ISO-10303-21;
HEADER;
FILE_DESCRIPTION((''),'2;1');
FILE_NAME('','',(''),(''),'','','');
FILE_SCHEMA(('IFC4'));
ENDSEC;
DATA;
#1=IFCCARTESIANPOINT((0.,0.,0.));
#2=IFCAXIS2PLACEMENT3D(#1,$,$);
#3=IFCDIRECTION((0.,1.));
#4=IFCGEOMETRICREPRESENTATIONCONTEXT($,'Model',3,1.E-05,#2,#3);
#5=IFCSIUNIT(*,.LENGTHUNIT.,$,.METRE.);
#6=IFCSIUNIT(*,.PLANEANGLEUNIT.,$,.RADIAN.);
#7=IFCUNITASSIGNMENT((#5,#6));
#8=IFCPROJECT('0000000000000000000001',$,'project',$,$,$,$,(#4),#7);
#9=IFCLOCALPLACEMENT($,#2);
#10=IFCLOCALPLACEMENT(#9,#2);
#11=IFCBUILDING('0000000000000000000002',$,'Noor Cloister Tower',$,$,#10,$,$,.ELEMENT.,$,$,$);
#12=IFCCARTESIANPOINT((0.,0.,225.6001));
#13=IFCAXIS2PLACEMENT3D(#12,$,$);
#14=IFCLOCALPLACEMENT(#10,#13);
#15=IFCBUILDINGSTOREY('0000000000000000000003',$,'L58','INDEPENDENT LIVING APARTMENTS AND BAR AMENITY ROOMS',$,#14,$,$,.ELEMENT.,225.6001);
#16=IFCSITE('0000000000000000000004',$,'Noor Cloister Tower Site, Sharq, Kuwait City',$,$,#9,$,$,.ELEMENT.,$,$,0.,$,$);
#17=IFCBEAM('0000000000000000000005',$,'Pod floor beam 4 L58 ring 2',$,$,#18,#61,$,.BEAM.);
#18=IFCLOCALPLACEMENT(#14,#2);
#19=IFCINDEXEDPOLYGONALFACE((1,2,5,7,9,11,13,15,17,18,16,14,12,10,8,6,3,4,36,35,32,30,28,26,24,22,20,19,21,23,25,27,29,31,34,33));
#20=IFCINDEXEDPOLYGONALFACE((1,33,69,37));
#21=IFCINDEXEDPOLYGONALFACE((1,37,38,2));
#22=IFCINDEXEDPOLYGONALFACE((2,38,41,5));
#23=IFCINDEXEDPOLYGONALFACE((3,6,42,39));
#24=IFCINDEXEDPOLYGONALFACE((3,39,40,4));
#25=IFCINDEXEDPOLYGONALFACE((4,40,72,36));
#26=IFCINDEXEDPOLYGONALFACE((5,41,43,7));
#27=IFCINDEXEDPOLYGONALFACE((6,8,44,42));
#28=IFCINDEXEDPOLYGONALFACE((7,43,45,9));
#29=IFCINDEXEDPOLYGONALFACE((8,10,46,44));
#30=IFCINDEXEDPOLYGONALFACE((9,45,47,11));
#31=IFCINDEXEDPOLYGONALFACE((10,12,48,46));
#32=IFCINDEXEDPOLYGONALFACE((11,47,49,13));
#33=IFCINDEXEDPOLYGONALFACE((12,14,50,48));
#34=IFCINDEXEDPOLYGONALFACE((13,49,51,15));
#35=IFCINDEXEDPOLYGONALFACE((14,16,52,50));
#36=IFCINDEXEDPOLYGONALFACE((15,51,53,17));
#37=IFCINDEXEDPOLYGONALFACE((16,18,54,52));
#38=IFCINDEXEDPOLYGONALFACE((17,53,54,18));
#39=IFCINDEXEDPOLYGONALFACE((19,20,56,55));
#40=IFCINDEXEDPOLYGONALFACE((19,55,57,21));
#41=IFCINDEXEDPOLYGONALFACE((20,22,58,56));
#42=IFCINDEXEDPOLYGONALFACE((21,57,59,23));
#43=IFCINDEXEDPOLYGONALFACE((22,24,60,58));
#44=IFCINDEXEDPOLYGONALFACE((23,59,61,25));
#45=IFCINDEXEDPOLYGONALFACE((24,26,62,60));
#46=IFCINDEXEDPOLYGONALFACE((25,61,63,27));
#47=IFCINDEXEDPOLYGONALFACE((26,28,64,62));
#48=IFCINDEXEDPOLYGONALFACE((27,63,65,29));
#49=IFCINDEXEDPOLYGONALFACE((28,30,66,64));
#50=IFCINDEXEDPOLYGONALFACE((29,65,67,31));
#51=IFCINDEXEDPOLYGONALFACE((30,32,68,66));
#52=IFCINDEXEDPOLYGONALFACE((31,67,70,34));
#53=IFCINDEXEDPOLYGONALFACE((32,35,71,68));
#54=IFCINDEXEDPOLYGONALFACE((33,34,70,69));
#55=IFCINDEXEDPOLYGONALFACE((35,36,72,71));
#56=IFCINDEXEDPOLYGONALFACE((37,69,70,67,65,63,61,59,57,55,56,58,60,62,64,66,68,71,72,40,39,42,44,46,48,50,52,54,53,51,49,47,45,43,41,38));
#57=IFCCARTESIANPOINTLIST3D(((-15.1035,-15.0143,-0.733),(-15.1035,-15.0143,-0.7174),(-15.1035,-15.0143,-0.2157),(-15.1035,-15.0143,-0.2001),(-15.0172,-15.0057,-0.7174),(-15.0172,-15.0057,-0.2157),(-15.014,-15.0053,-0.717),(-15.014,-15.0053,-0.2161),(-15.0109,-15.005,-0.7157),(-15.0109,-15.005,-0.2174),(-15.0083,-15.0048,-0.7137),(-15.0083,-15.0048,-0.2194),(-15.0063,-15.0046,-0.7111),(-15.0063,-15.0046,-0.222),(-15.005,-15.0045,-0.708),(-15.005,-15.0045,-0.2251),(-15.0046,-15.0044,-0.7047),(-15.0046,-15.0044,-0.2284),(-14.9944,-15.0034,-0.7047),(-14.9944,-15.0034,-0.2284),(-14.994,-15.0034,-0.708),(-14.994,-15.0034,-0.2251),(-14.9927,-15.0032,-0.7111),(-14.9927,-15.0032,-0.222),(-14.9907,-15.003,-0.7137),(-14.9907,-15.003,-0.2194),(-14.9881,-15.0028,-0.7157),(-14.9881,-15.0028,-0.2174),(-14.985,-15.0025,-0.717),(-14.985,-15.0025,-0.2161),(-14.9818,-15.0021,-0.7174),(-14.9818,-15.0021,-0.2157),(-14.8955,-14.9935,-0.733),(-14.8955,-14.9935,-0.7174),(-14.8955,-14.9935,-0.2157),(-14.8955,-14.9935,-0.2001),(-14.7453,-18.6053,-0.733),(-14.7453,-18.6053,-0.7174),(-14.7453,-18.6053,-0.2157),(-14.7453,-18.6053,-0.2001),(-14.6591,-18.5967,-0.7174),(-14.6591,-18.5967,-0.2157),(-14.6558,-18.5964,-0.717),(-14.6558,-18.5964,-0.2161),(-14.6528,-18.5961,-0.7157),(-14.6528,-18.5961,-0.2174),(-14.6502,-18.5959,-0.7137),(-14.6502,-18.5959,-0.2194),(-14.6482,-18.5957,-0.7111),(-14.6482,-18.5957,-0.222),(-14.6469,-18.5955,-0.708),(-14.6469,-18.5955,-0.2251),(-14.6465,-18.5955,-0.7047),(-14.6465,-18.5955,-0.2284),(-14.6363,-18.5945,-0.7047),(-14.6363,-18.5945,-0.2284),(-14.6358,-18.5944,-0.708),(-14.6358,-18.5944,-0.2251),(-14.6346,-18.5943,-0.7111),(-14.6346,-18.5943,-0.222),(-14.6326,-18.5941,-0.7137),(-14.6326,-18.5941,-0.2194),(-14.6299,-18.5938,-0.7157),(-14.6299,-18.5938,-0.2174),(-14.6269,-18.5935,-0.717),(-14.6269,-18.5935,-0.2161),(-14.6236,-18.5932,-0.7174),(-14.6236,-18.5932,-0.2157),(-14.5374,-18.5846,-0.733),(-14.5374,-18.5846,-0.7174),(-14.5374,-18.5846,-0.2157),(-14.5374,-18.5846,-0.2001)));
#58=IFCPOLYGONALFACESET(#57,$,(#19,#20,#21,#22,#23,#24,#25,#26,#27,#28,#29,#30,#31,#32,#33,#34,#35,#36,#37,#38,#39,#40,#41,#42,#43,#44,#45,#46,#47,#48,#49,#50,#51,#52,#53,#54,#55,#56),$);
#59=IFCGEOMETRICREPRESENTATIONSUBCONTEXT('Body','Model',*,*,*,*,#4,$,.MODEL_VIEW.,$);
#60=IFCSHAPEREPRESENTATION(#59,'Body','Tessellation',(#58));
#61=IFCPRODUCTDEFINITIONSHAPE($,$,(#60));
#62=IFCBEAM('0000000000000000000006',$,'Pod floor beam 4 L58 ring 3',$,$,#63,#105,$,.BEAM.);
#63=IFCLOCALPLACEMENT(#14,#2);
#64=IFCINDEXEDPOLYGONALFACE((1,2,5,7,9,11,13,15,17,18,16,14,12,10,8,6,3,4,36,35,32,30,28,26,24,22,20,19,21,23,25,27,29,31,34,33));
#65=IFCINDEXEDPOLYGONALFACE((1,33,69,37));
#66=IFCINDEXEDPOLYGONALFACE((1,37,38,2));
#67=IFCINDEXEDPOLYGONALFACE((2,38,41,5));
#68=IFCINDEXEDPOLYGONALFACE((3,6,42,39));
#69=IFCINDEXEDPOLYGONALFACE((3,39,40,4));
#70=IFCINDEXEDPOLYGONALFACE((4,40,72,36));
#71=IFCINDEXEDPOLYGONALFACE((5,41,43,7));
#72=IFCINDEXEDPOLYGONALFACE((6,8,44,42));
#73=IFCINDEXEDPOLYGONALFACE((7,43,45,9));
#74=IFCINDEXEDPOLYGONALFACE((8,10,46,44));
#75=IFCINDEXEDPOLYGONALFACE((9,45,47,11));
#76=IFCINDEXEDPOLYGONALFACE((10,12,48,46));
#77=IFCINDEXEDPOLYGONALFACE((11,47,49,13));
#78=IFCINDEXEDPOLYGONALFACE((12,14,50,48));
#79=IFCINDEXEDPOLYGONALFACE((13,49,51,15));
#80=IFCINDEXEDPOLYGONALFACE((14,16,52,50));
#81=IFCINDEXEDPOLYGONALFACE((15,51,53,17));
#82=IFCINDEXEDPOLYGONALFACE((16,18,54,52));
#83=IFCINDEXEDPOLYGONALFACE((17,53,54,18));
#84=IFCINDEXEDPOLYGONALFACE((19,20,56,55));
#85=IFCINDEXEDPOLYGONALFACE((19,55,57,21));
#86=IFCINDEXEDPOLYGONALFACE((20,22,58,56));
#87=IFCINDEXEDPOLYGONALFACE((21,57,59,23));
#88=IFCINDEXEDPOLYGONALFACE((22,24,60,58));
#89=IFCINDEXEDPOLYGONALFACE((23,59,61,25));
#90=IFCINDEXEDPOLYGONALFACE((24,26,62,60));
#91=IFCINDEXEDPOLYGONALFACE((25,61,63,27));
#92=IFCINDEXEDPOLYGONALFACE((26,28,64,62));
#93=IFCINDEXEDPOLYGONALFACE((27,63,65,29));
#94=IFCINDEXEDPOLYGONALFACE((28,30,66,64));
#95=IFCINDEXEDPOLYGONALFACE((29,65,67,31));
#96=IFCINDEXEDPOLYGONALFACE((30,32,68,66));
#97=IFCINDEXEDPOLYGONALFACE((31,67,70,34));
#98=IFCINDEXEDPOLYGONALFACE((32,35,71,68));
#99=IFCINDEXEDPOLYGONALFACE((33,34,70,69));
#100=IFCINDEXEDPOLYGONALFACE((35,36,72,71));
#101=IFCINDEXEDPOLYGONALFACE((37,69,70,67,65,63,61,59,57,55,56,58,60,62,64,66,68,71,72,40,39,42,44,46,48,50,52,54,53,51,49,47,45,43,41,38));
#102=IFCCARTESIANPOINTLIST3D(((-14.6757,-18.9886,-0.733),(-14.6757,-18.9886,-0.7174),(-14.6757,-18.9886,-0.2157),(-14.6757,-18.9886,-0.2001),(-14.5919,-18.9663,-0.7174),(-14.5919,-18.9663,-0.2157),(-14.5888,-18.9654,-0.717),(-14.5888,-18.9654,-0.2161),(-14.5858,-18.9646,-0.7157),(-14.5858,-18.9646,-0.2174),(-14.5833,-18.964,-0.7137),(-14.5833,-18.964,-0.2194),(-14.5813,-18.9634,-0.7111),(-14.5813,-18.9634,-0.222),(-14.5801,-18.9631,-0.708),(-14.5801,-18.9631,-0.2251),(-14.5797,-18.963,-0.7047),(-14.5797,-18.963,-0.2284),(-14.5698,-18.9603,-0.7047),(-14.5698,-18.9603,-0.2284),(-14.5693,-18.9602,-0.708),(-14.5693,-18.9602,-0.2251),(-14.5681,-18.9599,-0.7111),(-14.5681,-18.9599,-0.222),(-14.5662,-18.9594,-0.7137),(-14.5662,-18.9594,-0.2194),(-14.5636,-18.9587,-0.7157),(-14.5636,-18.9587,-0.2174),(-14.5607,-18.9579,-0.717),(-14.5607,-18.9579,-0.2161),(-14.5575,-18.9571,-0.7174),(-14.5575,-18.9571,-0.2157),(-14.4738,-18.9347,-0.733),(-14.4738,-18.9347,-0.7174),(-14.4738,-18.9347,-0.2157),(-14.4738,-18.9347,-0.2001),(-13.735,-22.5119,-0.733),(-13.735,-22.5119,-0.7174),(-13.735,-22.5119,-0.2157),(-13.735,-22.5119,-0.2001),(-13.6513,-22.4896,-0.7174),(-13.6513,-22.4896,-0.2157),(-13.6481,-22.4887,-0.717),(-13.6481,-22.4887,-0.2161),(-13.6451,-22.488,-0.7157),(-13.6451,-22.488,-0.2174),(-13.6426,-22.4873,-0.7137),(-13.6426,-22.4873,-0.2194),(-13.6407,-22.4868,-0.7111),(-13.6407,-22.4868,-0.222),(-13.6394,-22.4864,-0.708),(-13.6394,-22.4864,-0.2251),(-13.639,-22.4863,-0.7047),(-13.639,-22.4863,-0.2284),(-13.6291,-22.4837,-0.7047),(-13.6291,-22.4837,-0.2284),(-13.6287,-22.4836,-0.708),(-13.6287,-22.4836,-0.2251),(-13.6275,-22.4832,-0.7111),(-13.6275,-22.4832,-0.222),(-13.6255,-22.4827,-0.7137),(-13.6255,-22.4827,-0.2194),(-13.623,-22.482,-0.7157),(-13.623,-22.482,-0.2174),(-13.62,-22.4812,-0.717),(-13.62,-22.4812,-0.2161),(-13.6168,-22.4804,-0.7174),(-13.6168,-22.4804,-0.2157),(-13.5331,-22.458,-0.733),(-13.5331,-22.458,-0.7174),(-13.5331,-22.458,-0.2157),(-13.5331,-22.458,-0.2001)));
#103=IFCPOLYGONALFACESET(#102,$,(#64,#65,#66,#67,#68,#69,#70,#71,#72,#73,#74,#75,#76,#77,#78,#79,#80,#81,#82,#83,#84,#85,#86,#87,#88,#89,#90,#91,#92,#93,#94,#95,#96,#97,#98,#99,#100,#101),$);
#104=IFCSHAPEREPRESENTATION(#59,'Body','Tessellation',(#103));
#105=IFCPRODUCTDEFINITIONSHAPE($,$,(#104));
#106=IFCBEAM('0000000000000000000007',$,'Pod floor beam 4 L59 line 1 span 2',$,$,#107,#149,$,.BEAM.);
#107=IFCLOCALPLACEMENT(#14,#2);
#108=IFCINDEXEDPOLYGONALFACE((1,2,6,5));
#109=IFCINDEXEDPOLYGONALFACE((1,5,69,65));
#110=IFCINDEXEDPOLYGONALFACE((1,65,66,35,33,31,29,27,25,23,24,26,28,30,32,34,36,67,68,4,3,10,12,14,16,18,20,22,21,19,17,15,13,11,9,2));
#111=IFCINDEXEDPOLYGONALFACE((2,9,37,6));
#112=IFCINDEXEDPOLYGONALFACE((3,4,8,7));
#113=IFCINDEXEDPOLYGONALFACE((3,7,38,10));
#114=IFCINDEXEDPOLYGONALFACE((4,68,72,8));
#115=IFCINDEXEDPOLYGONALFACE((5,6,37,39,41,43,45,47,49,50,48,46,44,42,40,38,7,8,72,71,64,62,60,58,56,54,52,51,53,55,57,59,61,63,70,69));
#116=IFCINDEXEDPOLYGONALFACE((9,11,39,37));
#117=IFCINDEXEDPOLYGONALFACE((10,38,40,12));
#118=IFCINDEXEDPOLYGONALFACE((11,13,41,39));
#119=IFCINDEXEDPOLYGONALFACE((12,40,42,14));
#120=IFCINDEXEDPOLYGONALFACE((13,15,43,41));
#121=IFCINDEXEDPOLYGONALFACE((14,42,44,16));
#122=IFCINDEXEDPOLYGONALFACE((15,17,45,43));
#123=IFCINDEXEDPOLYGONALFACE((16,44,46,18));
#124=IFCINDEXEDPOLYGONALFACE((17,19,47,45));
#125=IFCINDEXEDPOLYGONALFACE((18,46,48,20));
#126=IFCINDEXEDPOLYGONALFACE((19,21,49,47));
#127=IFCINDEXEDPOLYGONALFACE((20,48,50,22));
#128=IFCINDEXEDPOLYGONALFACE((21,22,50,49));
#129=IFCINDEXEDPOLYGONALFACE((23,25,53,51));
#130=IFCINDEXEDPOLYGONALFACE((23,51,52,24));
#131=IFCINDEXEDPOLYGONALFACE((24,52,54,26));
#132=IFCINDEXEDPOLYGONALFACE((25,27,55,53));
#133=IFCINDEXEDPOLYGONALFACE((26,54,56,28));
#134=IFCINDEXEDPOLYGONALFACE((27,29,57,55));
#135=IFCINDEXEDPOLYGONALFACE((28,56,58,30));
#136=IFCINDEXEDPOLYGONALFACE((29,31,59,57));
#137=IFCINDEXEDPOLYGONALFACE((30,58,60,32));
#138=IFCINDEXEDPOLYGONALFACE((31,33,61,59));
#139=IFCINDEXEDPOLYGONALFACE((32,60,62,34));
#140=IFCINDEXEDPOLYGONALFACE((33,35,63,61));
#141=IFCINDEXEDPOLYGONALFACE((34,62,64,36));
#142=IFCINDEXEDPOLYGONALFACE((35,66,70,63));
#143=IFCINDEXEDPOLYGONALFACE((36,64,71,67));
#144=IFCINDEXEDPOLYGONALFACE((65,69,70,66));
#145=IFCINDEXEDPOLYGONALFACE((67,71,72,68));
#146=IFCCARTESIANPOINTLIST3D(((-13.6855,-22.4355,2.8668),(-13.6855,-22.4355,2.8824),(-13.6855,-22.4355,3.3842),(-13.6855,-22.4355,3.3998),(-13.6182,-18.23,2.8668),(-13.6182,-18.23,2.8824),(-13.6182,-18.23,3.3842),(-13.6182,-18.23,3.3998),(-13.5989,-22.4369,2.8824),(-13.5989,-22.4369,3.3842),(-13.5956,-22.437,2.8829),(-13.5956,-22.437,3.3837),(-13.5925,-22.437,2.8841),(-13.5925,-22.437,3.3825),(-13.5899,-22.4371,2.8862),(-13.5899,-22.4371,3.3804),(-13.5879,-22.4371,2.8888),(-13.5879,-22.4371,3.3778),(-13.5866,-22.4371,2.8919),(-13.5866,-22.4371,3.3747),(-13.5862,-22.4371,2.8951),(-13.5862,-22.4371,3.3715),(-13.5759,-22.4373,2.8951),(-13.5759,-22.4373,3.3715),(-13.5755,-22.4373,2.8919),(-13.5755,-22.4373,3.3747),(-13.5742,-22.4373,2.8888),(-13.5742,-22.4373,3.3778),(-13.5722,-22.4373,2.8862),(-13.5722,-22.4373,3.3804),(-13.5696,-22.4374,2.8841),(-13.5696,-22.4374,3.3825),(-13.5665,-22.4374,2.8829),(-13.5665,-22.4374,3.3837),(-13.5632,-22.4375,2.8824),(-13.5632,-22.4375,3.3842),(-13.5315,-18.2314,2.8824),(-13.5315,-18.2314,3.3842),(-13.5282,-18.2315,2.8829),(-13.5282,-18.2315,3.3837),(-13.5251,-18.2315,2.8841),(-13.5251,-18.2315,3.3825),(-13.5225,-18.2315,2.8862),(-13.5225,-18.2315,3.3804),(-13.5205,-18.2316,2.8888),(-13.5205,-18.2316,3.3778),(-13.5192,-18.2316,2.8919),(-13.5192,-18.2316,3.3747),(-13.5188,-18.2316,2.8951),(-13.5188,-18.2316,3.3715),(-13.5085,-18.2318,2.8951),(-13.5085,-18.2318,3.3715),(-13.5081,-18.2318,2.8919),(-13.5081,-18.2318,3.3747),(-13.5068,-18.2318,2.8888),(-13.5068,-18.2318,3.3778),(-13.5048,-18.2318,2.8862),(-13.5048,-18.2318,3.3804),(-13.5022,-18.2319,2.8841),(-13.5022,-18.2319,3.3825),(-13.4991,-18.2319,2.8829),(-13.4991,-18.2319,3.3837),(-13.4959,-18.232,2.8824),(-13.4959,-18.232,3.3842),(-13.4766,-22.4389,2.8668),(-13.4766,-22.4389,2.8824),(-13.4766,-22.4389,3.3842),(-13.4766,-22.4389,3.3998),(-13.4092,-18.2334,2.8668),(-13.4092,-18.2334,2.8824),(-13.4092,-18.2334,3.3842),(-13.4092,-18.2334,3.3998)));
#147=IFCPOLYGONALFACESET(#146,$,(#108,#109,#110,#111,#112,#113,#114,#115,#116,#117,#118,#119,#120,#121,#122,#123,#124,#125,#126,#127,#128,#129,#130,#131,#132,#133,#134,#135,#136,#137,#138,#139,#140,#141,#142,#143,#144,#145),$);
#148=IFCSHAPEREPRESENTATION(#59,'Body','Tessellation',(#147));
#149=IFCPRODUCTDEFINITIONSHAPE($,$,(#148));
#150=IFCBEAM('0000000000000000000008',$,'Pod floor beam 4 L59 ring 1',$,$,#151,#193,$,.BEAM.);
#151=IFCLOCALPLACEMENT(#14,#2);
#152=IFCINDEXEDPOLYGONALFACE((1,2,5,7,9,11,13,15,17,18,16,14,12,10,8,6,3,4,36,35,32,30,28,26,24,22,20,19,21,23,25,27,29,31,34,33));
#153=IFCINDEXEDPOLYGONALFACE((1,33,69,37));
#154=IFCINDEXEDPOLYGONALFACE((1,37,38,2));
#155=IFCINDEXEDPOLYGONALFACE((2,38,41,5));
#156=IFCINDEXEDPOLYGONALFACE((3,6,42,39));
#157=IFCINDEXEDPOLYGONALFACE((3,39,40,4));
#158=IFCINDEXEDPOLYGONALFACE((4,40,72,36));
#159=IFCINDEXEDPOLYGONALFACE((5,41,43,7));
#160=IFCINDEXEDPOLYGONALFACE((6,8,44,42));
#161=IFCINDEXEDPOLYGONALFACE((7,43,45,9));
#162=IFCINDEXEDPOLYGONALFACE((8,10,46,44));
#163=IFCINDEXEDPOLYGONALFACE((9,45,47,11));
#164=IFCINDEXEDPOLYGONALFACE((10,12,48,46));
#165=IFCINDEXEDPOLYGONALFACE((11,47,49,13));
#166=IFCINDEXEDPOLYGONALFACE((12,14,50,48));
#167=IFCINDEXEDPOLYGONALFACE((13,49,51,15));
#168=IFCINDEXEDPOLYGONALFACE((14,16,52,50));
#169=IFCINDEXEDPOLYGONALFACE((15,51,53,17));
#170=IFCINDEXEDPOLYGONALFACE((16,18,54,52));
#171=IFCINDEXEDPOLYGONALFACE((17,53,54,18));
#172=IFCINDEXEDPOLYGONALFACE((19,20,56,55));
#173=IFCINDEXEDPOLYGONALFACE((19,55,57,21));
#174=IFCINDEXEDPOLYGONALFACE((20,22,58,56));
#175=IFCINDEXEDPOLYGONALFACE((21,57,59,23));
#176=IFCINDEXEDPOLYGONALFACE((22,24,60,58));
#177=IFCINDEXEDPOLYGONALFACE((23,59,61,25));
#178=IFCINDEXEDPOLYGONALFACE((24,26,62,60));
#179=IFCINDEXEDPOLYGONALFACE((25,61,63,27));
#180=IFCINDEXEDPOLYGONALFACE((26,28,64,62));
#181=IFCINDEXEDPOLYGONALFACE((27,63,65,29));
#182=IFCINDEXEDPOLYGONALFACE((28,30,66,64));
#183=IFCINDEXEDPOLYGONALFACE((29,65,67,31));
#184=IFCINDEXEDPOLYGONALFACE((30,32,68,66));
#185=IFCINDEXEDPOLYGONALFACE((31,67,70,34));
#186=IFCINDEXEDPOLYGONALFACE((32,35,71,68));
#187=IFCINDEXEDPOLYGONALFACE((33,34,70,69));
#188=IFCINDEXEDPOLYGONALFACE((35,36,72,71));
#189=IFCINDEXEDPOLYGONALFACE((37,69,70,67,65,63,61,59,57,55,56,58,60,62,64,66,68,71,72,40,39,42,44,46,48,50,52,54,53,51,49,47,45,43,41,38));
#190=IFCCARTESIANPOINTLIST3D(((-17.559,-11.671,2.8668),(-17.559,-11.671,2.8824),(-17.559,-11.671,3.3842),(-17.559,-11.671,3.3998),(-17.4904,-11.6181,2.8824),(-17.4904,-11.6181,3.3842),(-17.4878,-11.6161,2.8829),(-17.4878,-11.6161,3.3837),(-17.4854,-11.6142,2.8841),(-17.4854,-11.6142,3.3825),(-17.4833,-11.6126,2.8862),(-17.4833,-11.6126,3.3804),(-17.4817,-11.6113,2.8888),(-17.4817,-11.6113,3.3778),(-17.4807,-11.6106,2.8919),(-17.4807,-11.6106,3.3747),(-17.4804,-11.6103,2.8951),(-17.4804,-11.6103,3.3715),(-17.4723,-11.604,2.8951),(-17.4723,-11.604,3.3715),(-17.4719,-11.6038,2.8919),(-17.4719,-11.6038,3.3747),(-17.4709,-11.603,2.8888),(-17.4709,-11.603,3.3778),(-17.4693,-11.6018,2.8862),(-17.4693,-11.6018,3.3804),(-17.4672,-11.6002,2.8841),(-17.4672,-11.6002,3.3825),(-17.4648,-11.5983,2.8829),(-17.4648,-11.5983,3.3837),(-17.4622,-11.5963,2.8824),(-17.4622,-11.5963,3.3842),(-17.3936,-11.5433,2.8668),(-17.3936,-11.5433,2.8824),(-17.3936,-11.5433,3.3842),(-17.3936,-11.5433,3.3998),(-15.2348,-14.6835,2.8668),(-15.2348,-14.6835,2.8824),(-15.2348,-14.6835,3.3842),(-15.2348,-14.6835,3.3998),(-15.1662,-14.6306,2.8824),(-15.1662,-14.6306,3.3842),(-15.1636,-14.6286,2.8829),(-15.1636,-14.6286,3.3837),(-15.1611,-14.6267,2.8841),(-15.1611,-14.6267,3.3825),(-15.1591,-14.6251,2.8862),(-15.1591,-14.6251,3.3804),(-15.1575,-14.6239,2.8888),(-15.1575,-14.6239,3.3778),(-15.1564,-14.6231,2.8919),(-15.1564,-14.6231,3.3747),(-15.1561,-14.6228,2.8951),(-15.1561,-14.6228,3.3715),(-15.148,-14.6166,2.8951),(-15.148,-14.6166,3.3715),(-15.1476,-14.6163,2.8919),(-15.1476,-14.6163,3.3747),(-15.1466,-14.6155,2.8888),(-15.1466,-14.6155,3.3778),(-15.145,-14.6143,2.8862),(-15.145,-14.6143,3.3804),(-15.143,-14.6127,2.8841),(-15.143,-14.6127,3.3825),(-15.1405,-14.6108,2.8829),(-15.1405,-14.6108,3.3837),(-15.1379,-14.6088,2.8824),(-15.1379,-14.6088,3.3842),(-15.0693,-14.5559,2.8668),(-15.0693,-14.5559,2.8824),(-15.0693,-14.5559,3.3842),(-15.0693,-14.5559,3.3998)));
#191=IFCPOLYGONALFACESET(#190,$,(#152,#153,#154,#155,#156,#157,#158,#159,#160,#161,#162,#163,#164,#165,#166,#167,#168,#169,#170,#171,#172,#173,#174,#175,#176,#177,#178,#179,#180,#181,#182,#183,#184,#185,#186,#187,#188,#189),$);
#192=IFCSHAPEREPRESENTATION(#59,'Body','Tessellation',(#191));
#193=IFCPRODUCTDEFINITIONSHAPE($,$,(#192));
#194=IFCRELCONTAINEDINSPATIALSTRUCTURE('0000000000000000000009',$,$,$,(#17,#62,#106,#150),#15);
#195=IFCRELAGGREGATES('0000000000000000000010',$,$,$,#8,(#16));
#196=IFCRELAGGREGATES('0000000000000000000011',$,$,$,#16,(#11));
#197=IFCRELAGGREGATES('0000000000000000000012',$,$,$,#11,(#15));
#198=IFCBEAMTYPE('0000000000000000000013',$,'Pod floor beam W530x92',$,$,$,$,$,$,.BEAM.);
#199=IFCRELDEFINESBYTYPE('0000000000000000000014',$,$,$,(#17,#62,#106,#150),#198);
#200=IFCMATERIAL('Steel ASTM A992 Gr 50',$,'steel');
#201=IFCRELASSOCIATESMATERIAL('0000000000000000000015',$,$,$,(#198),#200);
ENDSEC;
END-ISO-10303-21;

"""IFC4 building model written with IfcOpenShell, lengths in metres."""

from ifc_helpers import new_model, si_unit, direction, frame, origin, origin_2d, place, context, subcontext, project, spatial, i_section, extrude, material, material_profile, profile_set, type_object, element, save


model = new_model("IFC4")

# Units and contexts
model_context = context("Model", 3, precision=1e-05, world=origin(), true_north=direction((0.0, 1.0)))
body_context = subcontext(model_context, "Body", "Model", "MODEL_VIEW")
ifc_project = project(units=[si_unit("LENGTHUNIT", "METRE"), si_unit("PLANEANGLEUNIT", "RADIAN")], contexts=[model_context])

# Site, building, storey
site_placement = place(None, origin())
site = spatial("IfcSite", under=ifc_project, at=site_placement, Name="Noor Cloister Tower Site, Sharq, Kuwait City", CompositionType="ELEMENT", RefElevation=0.0)
building_placement = place(site_placement, origin())
building = spatial("IfcBuilding", under=site, at=building_placement, Name="Noor Cloister Tower", CompositionType="ELEMENT")
storey_placement = place(building_placement, frame((0.0, 0.0, 225.6001)))
storey = spatial("IfcBuildingStorey", under=building, at=storey_placement, Name="L58", Description="INDEPENDENT LIVING APARTMENTS AND BAR AMENITY ROOMS", CompositionType="ELEMENT", Elevation=225.6001)

# Beams
ifc_material_1 = material(Name="Steel ASTM A992 Gr 50", Category="steel")
ifc_material_profile_1 = material_profile(ifc_material_1, i_section(OverallWidth=0.209, OverallDepth=0.533, WebThickness=0.0103, FlangeThickness=0.0156, FilletRadius=0.0127, at=origin_2d()), Name="W530x92")
ifc_profile_set_1 = profile_set([ifc_material_profile_1], Name="Steel ASTM A992 Gr 50")
beam_type_1 = type_object("IfcBeamType", Name="Pod floor beam W530x92", PredefinedType="BEAM", material=ifc_profile_set_1)
beam_1_placement = place(storey_placement, frame((-14.9995, -15.0039, -0.4666), z_axis=(0.099242, -0.995063, 0.0), x_axis=(0.995063, 0.099242, 0.0)))
element("IfcBeam", 1, at=beam_1_placement, inside=storey, type_object=beam_type_1, Name="Pod floor beam 4 L58 ring 2", PredefinedType="BEAM", context=body_context, shape_type="SweptSolid", body=[
    extrude(i_section(OverallWidth=0.209, OverallDepth=0.533, WebThickness=0.0103, FlangeThickness=0.0156, FilletRadius=0.0127, at=origin_2d()), origin(), (0.0, 0.0, 1.0), 3.6089),
])
beam_2_placement = place(storey_placement, frame((-14.5747, -18.9617, -0.4666), z_axis=(0.257942, -0.96616, 0.0), x_axis=(0.96616, 0.257942, 0.0)))
element("IfcBeam", 2, at=beam_2_placement, inside=storey, type_object=beam_type_1, Name="Pod floor beam 4 L58 ring 3", PredefinedType="BEAM", context=body_context, shape_type="SweptSolid", body=[
    extrude(i_section(OverallWidth=0.209, OverallDepth=0.533, WebThickness=0.0103, FlangeThickness=0.0156, FilletRadius=0.0127, at=origin_2d()), origin(), (0.0, 0.0, 1.0), 3.6467),
])
beam_3_placement = place(storey_placement, frame((-13.5137, -18.2317, 3.1333), z_axis=(-0.01602, -0.999872, 0.0), x_axis=(0.999872, -0.01602, 0.0)))
element("IfcBeam", 3, at=beam_3_placement, inside=storey, type_object=beam_type_1, Name="Pod floor beam 4 L59 line 1 span 2", PredefinedType="BEAM", context=body_context, shape_type="SweptSolid", body=[
    extrude(i_section(OverallWidth=0.209, OverallDepth=0.533, WebThickness=0.0103, FlangeThickness=0.0156, FilletRadius=0.0127, at=origin_2d()), origin(), (0.0, 0.0, 1.0), 4.2061),
])
beam_4_placement = place(storey_placement, frame((-17.4763, -11.6072, 3.1333), z_axis=(0.610857, -0.791741, 0.0), x_axis=(0.791741, 0.610857, 0.0)))
element("IfcBeam", 4, at=beam_4_placement, inside=storey, type_object=beam_type_1, Name="Pod floor beam 4 L59 ring 1", PredefinedType="BEAM", context=body_context, shape_type="SweptSolid", body=[
    extrude(i_section(OverallWidth=0.209, OverallDepth=0.533, WebThickness=0.0103, FlangeThickness=0.0156, FilletRadius=0.0127, at=origin_2d()), origin(), (0.0, 0.0, 1.0), 3.8049),
])

save(model, "model.ifc")
